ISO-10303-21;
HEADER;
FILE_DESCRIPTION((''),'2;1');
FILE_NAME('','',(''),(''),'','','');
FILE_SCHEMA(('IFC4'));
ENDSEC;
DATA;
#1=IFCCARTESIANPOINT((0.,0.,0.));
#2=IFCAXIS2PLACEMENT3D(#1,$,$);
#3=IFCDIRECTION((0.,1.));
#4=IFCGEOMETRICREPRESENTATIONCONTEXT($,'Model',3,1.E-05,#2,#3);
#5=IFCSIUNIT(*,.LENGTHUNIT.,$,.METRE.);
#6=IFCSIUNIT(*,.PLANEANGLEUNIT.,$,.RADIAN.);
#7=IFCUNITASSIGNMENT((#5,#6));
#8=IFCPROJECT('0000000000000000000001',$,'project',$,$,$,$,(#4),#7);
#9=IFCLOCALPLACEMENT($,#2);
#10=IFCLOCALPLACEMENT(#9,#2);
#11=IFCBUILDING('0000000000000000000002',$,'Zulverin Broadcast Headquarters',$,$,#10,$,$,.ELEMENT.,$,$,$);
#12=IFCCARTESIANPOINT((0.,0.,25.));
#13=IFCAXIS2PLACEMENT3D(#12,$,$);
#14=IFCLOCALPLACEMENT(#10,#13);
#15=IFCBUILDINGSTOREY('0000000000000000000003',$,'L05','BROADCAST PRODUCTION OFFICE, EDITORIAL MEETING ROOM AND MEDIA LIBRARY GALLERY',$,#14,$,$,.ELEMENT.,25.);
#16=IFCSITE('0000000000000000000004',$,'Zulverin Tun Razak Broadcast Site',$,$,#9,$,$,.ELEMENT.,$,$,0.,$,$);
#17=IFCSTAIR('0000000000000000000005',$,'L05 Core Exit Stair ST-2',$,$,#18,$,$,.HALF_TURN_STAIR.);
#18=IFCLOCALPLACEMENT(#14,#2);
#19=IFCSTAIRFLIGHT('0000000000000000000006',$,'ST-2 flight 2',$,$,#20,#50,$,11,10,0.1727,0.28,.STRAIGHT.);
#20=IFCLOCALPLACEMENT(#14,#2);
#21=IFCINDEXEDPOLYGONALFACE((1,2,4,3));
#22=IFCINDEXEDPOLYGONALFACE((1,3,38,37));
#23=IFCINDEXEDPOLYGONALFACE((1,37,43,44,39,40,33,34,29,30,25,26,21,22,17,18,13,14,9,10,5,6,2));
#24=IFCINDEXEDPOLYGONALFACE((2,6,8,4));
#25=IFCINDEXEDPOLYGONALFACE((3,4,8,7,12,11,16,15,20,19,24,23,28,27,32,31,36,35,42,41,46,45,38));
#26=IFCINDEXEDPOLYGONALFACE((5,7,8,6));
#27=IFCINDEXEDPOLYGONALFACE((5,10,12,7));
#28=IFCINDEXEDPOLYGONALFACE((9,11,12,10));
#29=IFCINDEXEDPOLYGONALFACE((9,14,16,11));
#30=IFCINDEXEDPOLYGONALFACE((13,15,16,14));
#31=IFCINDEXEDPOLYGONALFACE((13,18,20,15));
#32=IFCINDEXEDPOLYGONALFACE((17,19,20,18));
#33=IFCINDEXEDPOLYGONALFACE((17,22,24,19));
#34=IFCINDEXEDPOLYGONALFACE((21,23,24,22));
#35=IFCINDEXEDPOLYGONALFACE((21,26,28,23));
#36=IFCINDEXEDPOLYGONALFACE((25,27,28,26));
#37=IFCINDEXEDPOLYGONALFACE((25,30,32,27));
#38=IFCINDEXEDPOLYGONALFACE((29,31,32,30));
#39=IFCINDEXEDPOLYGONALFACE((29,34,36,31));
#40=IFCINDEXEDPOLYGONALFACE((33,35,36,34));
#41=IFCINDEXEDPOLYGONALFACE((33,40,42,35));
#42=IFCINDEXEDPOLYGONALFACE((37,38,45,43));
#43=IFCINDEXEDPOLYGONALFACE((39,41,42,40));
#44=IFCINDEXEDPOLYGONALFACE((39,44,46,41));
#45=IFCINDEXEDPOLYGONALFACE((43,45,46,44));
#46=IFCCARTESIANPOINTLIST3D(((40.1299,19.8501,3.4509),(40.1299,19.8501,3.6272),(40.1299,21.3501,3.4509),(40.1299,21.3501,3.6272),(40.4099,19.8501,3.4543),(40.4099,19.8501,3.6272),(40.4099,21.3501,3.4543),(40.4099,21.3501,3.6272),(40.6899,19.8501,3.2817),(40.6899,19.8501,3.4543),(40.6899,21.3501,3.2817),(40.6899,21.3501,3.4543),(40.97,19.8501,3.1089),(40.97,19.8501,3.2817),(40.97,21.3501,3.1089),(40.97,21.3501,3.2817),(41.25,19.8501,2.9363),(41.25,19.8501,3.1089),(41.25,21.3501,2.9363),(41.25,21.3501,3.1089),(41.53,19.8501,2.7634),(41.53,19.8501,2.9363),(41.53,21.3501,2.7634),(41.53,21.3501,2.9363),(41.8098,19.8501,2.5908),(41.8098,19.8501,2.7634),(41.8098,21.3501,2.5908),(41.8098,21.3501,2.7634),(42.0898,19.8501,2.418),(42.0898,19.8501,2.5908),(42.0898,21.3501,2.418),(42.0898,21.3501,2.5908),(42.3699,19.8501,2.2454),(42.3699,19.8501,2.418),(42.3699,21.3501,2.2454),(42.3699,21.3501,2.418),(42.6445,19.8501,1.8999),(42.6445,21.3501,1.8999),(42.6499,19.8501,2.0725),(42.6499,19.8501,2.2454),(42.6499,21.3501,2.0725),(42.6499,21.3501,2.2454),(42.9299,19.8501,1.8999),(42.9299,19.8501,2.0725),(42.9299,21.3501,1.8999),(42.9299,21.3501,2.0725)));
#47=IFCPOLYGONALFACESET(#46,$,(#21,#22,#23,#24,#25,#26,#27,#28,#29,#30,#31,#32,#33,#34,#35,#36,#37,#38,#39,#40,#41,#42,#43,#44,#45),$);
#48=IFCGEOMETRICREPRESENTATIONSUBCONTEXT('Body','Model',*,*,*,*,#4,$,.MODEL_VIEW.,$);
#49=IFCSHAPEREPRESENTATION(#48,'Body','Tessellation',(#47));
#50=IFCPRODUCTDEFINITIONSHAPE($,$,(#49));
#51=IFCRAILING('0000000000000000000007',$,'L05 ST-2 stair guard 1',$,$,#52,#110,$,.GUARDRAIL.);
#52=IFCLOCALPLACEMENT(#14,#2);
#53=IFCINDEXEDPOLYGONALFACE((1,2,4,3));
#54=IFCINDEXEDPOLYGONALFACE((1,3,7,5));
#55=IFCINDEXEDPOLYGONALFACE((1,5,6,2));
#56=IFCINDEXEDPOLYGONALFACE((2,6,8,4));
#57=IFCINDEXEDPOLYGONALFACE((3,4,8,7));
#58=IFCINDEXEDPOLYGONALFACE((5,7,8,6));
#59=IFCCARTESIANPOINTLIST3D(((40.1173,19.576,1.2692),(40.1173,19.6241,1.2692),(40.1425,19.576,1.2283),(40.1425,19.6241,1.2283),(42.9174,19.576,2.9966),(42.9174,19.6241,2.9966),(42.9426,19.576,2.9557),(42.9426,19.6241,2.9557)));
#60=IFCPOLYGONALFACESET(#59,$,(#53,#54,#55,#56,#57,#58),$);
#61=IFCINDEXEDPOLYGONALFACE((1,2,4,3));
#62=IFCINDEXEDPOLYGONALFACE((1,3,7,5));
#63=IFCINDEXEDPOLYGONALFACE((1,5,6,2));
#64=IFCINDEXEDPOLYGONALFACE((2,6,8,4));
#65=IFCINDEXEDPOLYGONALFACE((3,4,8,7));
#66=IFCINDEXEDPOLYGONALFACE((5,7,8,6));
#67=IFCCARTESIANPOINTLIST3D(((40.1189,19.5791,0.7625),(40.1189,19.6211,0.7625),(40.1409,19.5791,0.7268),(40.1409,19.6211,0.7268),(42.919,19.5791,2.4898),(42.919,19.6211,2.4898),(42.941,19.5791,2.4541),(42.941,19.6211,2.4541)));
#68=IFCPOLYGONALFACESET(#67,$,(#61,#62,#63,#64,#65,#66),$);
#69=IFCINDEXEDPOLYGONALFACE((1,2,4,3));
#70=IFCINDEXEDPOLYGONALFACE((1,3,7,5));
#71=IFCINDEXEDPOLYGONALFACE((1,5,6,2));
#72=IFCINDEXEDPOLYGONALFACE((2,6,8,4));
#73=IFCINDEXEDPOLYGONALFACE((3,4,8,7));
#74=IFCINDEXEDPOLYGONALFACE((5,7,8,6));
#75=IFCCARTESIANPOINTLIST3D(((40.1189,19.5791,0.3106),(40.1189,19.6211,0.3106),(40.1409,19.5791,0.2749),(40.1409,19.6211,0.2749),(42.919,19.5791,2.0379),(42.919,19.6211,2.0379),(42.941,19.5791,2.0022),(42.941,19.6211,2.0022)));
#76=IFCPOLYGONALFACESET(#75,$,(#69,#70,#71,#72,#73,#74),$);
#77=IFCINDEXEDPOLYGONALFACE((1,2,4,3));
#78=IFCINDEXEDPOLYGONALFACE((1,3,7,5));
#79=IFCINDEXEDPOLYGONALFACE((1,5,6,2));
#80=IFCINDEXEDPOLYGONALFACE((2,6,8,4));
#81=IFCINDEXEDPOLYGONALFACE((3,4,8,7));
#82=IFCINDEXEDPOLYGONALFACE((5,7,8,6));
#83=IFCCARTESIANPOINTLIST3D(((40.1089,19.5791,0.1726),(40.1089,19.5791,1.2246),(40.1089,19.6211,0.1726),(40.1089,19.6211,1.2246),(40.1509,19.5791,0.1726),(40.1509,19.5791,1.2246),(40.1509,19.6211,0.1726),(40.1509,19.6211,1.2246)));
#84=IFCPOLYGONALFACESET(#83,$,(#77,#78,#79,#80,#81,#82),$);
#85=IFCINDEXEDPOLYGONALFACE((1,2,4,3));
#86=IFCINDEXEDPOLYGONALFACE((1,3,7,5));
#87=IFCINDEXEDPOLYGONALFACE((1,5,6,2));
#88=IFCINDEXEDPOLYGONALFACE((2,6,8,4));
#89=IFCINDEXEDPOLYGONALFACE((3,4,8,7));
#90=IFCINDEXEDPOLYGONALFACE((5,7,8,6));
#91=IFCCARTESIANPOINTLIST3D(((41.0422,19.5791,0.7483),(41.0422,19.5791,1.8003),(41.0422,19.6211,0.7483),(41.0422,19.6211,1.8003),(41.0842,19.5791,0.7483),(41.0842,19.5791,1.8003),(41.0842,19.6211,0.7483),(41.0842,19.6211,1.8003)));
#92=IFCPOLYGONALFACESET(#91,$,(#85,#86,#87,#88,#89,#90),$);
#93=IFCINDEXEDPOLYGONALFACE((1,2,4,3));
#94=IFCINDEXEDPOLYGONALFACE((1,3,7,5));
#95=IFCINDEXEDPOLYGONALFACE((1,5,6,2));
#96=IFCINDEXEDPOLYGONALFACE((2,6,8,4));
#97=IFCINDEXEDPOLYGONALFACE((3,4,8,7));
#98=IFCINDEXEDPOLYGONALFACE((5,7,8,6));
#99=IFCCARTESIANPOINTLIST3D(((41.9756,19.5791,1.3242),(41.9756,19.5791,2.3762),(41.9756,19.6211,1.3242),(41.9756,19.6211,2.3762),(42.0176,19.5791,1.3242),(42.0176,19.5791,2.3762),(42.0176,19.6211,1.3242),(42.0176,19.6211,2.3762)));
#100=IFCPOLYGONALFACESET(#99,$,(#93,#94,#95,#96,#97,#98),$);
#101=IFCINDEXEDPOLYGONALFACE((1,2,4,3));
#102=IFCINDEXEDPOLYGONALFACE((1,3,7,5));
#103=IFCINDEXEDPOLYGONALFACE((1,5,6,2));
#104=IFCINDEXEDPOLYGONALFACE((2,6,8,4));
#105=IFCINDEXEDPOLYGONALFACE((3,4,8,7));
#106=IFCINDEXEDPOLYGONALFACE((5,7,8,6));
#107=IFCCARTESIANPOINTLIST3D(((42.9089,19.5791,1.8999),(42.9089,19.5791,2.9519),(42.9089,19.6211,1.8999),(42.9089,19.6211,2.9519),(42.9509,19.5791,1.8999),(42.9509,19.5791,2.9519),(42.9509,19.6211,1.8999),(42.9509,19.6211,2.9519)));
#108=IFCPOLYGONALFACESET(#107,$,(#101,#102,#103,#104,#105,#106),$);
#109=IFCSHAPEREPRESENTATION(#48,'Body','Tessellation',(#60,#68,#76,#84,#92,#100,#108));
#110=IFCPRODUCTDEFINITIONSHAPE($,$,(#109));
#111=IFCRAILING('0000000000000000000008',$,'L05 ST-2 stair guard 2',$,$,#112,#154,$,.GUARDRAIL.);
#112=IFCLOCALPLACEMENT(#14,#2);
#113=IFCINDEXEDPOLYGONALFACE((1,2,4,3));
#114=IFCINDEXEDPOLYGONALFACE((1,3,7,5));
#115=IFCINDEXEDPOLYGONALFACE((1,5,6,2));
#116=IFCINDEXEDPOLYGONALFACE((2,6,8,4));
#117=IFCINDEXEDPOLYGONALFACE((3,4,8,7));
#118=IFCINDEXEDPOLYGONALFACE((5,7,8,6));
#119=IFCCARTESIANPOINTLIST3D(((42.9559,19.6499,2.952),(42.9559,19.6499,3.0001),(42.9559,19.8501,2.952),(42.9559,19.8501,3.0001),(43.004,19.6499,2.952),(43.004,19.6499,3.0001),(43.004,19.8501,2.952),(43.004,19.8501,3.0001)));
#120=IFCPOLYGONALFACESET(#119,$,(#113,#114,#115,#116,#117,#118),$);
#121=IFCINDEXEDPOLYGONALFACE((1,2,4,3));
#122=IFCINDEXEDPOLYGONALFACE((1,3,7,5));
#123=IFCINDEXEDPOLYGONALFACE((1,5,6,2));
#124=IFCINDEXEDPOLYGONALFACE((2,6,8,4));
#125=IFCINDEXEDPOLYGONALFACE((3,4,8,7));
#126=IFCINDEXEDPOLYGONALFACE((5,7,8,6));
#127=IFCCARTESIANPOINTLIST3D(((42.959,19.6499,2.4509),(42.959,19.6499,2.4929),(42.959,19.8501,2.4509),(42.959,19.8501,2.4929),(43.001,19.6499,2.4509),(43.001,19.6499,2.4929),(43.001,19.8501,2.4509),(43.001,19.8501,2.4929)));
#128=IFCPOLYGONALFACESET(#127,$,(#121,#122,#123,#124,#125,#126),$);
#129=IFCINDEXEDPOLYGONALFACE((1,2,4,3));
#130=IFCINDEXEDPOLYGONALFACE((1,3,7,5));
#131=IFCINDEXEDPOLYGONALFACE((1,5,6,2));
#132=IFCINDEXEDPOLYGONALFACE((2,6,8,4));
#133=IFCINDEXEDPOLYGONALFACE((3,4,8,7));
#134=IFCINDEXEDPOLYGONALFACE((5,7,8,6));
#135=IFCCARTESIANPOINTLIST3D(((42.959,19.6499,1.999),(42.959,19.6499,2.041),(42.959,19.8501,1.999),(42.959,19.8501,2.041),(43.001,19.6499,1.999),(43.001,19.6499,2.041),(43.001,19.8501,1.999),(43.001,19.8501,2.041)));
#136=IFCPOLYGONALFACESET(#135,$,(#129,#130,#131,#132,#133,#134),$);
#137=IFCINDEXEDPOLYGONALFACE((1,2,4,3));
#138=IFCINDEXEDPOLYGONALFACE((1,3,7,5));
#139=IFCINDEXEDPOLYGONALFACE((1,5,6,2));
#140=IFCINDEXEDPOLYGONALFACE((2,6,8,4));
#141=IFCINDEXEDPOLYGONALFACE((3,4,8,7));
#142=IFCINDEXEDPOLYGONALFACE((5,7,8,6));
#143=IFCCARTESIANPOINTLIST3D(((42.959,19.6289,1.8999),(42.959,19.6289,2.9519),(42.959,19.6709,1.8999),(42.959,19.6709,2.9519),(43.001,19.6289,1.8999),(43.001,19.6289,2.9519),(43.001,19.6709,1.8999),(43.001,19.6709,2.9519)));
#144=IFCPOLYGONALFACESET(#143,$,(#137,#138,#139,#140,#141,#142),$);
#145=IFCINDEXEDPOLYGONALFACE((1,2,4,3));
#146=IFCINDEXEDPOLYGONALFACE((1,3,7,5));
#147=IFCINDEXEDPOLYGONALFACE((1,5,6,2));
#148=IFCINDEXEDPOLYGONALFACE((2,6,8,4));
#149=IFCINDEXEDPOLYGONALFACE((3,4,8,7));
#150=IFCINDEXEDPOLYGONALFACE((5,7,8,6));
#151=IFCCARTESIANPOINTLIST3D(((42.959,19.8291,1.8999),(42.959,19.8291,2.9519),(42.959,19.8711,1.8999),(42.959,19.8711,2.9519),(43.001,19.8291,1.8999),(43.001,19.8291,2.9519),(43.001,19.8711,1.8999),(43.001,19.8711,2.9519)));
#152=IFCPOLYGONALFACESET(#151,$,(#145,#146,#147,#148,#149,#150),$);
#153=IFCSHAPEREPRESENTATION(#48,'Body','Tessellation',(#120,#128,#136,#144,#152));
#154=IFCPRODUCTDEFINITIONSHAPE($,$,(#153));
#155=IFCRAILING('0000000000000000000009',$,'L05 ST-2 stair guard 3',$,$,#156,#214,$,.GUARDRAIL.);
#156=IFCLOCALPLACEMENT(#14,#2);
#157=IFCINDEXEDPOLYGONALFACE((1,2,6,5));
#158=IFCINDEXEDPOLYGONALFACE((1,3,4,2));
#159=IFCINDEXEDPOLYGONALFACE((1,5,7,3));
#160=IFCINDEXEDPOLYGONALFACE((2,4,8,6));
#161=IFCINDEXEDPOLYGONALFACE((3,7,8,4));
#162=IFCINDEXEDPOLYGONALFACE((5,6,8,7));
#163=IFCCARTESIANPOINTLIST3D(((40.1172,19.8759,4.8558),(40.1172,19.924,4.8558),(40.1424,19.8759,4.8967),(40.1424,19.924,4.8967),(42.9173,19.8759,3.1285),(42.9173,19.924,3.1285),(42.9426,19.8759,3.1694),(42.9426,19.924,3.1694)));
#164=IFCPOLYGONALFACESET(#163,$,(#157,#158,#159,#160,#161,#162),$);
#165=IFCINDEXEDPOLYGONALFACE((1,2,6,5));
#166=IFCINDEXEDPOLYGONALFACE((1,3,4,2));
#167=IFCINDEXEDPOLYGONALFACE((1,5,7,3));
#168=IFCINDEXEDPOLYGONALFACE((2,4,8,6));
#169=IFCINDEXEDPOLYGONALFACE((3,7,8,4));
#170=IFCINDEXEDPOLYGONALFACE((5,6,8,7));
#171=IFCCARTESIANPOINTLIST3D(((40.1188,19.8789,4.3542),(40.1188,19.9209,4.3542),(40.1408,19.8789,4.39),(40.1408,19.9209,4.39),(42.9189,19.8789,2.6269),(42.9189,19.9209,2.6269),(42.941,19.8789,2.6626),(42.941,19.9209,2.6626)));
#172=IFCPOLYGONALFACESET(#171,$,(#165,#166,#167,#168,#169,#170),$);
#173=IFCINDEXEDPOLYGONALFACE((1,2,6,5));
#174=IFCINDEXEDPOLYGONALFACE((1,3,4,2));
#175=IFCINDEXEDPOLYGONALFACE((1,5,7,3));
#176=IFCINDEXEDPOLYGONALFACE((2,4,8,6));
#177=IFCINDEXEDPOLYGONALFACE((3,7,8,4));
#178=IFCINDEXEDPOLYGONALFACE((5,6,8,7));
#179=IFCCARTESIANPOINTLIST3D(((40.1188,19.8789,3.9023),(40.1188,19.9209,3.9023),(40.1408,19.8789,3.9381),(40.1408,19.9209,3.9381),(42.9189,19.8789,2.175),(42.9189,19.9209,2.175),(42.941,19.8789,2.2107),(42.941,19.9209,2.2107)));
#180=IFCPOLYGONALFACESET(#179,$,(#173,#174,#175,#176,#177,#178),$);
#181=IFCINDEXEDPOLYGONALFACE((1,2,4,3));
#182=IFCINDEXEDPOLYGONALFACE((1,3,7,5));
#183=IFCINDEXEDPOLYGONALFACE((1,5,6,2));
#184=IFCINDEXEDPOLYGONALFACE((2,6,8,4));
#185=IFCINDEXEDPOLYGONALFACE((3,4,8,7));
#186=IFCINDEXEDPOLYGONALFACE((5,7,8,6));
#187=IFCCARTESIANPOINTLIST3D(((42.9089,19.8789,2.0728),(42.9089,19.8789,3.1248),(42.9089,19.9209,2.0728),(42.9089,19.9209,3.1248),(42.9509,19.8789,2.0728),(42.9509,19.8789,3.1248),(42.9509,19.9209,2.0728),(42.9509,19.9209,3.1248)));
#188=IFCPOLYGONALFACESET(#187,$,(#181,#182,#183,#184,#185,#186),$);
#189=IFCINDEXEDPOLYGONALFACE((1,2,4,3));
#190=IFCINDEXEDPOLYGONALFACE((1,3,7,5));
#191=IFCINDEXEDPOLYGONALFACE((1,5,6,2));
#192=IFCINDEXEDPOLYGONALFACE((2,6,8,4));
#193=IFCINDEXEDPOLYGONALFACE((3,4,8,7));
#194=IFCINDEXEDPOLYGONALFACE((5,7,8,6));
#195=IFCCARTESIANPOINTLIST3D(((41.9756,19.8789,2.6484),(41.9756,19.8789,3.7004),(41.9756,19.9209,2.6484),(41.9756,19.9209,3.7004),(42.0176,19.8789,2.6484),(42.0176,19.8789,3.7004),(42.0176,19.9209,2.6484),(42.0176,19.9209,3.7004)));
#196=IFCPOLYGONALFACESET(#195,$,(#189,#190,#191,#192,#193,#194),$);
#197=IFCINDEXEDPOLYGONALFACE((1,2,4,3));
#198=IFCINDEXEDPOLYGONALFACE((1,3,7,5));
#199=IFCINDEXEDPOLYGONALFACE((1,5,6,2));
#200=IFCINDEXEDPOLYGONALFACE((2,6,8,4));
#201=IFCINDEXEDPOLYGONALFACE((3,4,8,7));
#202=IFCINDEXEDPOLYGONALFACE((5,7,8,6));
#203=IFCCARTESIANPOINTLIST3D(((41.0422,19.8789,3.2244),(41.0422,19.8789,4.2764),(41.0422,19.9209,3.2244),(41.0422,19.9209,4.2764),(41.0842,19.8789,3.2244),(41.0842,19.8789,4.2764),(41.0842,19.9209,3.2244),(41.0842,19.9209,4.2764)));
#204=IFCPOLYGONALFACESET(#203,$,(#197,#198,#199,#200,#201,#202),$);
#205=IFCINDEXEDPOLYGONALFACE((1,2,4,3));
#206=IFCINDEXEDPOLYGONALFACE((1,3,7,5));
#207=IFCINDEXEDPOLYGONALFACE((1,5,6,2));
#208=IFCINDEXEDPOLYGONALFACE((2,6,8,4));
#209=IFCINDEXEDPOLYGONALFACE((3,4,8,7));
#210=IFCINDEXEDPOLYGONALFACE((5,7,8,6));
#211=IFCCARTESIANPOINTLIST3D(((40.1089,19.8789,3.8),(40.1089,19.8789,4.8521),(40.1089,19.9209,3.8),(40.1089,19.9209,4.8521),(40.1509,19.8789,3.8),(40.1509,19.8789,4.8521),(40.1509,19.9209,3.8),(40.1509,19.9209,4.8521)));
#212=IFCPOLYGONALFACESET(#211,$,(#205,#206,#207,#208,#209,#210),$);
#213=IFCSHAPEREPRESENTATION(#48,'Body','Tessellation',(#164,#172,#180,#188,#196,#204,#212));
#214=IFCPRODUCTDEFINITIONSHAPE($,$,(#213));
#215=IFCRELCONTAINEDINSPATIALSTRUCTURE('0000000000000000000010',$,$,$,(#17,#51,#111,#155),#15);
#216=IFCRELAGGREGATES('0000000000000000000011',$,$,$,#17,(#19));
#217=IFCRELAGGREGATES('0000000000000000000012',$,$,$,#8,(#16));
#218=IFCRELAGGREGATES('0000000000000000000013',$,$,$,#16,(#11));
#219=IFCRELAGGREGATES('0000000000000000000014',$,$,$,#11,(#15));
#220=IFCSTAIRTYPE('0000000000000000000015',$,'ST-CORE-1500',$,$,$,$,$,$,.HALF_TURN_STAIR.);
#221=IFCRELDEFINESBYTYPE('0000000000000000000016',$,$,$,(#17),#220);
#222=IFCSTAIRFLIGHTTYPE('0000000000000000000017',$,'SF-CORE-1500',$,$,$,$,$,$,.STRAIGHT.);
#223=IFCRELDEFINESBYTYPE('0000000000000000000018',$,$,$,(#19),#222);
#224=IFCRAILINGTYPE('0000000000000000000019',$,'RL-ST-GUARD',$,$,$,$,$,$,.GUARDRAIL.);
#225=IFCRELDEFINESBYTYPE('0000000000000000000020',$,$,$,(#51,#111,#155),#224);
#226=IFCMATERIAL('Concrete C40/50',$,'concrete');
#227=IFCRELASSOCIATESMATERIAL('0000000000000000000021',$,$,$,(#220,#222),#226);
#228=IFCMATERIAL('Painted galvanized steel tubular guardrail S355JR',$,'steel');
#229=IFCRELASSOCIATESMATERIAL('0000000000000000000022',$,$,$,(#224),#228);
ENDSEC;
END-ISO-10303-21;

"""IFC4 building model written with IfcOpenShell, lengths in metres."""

from ifc_helpers import new_model, si_unit, direction, frame, origin, origin_2d, place, context, subcontext, project, spatial, polyline, rectangle, outline, extrude, material, type_object, element, aggregate, save


model = new_model("IFC4")

# Units and contexts
model_context = context("Model", 3, precision=1e-05, world=origin(), true_north=direction((0.0, 1.0)))
body_context = subcontext(model_context, "Body", "Model", "MODEL_VIEW")
ifc_project = project(units=[si_unit("LENGTHUNIT", "METRE"), si_unit("PLANEANGLEUNIT", "RADIAN")], contexts=[model_context])

# Site, building, storey
site_placement = place(None, origin())
site = spatial("IfcSite", under=ifc_project, at=site_placement, Name="Zulverin Tun Razak Broadcast Site", CompositionType="ELEMENT", RefElevation=0.0)
building_placement = place(site_placement, origin())
building = spatial("IfcBuilding", under=site, at=building_placement, Name="Zulverin Broadcast Headquarters", CompositionType="ELEMENT")
storey_placement = place(building_placement, frame((0.0, 0.0, 25.0)))
storey = spatial("IfcBuildingStorey", under=building, at=storey_placement, Name="L05", Description="BROADCAST PRODUCTION OFFICE, EDITORIAL MEETING ROOM AND MEDIA LIBRARY GALLERY", CompositionType="ELEMENT", Elevation=25.0)

# Stair, stair flight
ifc_material_1 = material(Name="Concrete C40/50", Category="concrete")
stair_type = type_object("IfcStairType", Name="ST-CORE-1500", PredefinedType="HALF_TURN_STAIR", material=ifc_material_1)
stair_placement = place(storey_placement, origin())
stair = element("IfcStair", 1, at=stair_placement, inside=storey, type_object=stair_type, Name="L05 Core Exit Stair ST-2", PredefinedType="HALF_TURN_STAIR")
stair_flight_type = type_object("IfcStairFlightType", Name="SF-CORE-1500", PredefinedType="STRAIGHT", material=ifc_material_1)
stair_flight_1_placement = place(storey_placement, frame((42.9299, 20.6001, 1.8999), z_axis=(0.0, 0.0, 1.0), x_axis=(-1.0, 0.0, 0.0)))
stair_flight_1 = element("IfcStairFlight", 2, at=stair_flight_1_placement, type_object=stair_flight_type, Name="ST-2 flight 2", NumberOfRisers=11, NumberOfTreads=10, PredefinedType="STRAIGHT", RiserHeight=0.1727, TreadLength=0.28, context=body_context, shape_type="SweptSolid", body=[
    extrude(outline(polyline([(0.0, 0.0), (0.0, 0.1726), (0.28, 0.1726), (0.28, 0.3455), (0.5601, 0.3455), (0.5601, 0.5181), (0.8401, 0.5181), (0.8401, 0.6909), (1.1201, 0.6909), (1.1201, 0.8635), (1.3999, 0.8635), (1.3999, 1.0364), (1.6799, 1.0364), (1.6799, 1.209), (1.96, 1.209), (1.96, 1.3818), (2.24, 1.3818), (2.24, 1.5544), (2.52, 1.5544), (2.52, 1.7273), (2.8, 1.7273), (2.8, 1.8999), (2.8, 1.551), (0.2854, 0.0), (0.0, 0.0)])), frame((0.0, 0.75, 0.0), z_axis=(0.0, -1.0, 0.0), x_axis=(1.0, 0.0, 0.0)), (0.0, 0.0, 1.0), 1.5),
])
aggregate(stair, [stair_flight_1])

# Railings
ifc_material_2 = material(Name="Painted galvanized steel tubular guardrail S355JR", Category="steel")
railing_type_1 = type_object("IfcRailingType", Name="RL-ST-GUARD", PredefinedType="GUARDRAIL", material=ifc_material_2)
railing_1_placement = place(storey_placement, frame((40.1299, 19.6001, 0.1726)))
element("IfcRailing", 3, at=railing_1_placement, inside=storey, type_object=railing_type_1, Name="L05 ST-2 stair guard 1", PredefinedType="GUARDRAIL", context=body_context, shape_type="SweptSolid", body=[
    extrude(rectangle(XDim=0.0481, YDim=0.0481, at=origin_2d()), frame((0.0, 0.0, 1.0762), z_axis=(0.85109, 0.0, 0.52502), x_axis=(0.0, 1.0, 0.0)), (0.0, 0.0, 1.0), 3.29),
    extrude(rectangle(XDim=0.042, YDim=0.042, at=origin_2d()), frame((0.0, 0.0, 0.572), z_axis=(0.85109, 0.0, 0.52502), x_axis=(0.0, 1.0, 0.0)), (0.0, 0.0, 1.0), 3.29),
    extrude(rectangle(XDim=0.042, YDim=0.042, at=origin_2d()), frame((0.0, 0.0, 0.1201), z_axis=(0.85109, 0.0, 0.52502), x_axis=(0.0, 1.0, 0.0)), (0.0, 0.0, 1.0), 3.29),
    extrude(rectangle(XDim=0.042, YDim=0.042, at=origin_2d()), origin(), (0.0, 0.0, 1.0), 1.052),
    extrude(rectangle(XDim=0.042, YDim=0.042, at=origin_2d()), frame((0.9333, 0.0, 0.5757)), (0.0, 0.0, 1.0), 1.052),
    extrude(rectangle(XDim=0.042, YDim=0.042, at=origin_2d()), frame((1.8667, 0.0, 1.1516)), (0.0, 0.0, 1.0), 1.052),
    extrude(rectangle(XDim=0.042, YDim=0.042, at=origin_2d()), frame((2.8, 0.0, 1.7273)), (0.0, 0.0, 1.0), 1.052),
])
railing_2_placement = place(storey_placement, frame((42.98, 19.6499, 1.8999)))
element("IfcRailing", 4, at=railing_2_placement, inside=storey, type_object=railing_type_1, Name="L05 ST-2 stair guard 2", PredefinedType="GUARDRAIL", context=body_context, shape_type="SweptSolid", body=[
    extrude(rectangle(XDim=0.0481, YDim=0.0481, at=origin_2d()), frame((0.0, 0.0, 1.0762), z_axis=(0.0, 1.0, 0.0), x_axis=(-1.0, 0.0, 0.0)), (0.0, 0.0, 1.0), 0.2002),
    extrude(rectangle(XDim=0.042, YDim=0.042, at=origin_2d()), frame((0.0, 0.0, 0.572), z_axis=(0.0, 1.0, 0.0), x_axis=(-1.0, 0.0, 0.0)), (0.0, 0.0, 1.0), 0.2002),
    extrude(rectangle(XDim=0.042, YDim=0.042, at=origin_2d()), frame((0.0, 0.0, 0.1201), z_axis=(0.0, 1.0, 0.0), x_axis=(-1.0, 0.0, 0.0)), (0.0, 0.0, 1.0), 0.2002),
    extrude(rectangle(XDim=0.042, YDim=0.042, at=origin_2d()), origin(), (0.0, 0.0, 1.0), 1.052),
    extrude(rectangle(XDim=0.042, YDim=0.042, at=origin_2d()), frame((0.0, 0.2002, 0.0)), (0.0, 0.0, 1.0), 1.052),
])
railing_3_placement = place(storey_placement, frame((42.9299, 19.8999, 2.0728)))
element("IfcRailing", 5, at=railing_3_placement, inside=storey, type_object=railing_type_1, Name="L05 ST-2 stair guard 3", PredefinedType="GUARDRAIL", context=body_context, shape_type="SweptSolid", body=[
    extrude(rectangle(XDim=0.0481, YDim=0.0481, at=origin_2d()), frame((0.0, 0.0, 1.0762), z_axis=(-0.85109, 0.0, 0.52502), x_axis=(0.0, -1.0, 0.0)), (0.0, 0.0, 1.0), 3.29),
    extrude(rectangle(XDim=0.042, YDim=0.042, at=origin_2d()), frame((0.0, 0.0, 0.572), z_axis=(-0.85109, 0.0, 0.52502), x_axis=(0.0, -1.0, 0.0)), (0.0, 0.0, 1.0), 3.29),
    extrude(rectangle(XDim=0.042, YDim=0.042, at=origin_2d()), frame((0.0, 0.0, 0.1201), z_axis=(-0.85109, 0.0, 0.52502), x_axis=(0.0, -1.0, 0.0)), (0.0, 0.0, 1.0), 3.29),
    extrude(rectangle(XDim=0.042, YDim=0.042, at=origin_2d()), origin(), (0.0, 0.0, 1.0), 1.052),
    extrude(rectangle(XDim=0.042, YDim=0.042, at=origin_2d()), frame((-0.9333, 0.0, 0.5757)), (0.0, 0.0, 1.0), 1.052),
    extrude(rectangle(XDim=0.042, YDim=0.042, at=origin_2d()), frame((-1.8667, 0.0, 1.1516)), (0.0, 0.0, 1.0), 1.052),
    extrude(rectangle(XDim=0.042, YDim=0.042, at=origin_2d()), frame((-2.8, 0.0, 1.7273)), (0.0, 0.0, 1.0), 1.052),
])

save(model, "model.ifc")
